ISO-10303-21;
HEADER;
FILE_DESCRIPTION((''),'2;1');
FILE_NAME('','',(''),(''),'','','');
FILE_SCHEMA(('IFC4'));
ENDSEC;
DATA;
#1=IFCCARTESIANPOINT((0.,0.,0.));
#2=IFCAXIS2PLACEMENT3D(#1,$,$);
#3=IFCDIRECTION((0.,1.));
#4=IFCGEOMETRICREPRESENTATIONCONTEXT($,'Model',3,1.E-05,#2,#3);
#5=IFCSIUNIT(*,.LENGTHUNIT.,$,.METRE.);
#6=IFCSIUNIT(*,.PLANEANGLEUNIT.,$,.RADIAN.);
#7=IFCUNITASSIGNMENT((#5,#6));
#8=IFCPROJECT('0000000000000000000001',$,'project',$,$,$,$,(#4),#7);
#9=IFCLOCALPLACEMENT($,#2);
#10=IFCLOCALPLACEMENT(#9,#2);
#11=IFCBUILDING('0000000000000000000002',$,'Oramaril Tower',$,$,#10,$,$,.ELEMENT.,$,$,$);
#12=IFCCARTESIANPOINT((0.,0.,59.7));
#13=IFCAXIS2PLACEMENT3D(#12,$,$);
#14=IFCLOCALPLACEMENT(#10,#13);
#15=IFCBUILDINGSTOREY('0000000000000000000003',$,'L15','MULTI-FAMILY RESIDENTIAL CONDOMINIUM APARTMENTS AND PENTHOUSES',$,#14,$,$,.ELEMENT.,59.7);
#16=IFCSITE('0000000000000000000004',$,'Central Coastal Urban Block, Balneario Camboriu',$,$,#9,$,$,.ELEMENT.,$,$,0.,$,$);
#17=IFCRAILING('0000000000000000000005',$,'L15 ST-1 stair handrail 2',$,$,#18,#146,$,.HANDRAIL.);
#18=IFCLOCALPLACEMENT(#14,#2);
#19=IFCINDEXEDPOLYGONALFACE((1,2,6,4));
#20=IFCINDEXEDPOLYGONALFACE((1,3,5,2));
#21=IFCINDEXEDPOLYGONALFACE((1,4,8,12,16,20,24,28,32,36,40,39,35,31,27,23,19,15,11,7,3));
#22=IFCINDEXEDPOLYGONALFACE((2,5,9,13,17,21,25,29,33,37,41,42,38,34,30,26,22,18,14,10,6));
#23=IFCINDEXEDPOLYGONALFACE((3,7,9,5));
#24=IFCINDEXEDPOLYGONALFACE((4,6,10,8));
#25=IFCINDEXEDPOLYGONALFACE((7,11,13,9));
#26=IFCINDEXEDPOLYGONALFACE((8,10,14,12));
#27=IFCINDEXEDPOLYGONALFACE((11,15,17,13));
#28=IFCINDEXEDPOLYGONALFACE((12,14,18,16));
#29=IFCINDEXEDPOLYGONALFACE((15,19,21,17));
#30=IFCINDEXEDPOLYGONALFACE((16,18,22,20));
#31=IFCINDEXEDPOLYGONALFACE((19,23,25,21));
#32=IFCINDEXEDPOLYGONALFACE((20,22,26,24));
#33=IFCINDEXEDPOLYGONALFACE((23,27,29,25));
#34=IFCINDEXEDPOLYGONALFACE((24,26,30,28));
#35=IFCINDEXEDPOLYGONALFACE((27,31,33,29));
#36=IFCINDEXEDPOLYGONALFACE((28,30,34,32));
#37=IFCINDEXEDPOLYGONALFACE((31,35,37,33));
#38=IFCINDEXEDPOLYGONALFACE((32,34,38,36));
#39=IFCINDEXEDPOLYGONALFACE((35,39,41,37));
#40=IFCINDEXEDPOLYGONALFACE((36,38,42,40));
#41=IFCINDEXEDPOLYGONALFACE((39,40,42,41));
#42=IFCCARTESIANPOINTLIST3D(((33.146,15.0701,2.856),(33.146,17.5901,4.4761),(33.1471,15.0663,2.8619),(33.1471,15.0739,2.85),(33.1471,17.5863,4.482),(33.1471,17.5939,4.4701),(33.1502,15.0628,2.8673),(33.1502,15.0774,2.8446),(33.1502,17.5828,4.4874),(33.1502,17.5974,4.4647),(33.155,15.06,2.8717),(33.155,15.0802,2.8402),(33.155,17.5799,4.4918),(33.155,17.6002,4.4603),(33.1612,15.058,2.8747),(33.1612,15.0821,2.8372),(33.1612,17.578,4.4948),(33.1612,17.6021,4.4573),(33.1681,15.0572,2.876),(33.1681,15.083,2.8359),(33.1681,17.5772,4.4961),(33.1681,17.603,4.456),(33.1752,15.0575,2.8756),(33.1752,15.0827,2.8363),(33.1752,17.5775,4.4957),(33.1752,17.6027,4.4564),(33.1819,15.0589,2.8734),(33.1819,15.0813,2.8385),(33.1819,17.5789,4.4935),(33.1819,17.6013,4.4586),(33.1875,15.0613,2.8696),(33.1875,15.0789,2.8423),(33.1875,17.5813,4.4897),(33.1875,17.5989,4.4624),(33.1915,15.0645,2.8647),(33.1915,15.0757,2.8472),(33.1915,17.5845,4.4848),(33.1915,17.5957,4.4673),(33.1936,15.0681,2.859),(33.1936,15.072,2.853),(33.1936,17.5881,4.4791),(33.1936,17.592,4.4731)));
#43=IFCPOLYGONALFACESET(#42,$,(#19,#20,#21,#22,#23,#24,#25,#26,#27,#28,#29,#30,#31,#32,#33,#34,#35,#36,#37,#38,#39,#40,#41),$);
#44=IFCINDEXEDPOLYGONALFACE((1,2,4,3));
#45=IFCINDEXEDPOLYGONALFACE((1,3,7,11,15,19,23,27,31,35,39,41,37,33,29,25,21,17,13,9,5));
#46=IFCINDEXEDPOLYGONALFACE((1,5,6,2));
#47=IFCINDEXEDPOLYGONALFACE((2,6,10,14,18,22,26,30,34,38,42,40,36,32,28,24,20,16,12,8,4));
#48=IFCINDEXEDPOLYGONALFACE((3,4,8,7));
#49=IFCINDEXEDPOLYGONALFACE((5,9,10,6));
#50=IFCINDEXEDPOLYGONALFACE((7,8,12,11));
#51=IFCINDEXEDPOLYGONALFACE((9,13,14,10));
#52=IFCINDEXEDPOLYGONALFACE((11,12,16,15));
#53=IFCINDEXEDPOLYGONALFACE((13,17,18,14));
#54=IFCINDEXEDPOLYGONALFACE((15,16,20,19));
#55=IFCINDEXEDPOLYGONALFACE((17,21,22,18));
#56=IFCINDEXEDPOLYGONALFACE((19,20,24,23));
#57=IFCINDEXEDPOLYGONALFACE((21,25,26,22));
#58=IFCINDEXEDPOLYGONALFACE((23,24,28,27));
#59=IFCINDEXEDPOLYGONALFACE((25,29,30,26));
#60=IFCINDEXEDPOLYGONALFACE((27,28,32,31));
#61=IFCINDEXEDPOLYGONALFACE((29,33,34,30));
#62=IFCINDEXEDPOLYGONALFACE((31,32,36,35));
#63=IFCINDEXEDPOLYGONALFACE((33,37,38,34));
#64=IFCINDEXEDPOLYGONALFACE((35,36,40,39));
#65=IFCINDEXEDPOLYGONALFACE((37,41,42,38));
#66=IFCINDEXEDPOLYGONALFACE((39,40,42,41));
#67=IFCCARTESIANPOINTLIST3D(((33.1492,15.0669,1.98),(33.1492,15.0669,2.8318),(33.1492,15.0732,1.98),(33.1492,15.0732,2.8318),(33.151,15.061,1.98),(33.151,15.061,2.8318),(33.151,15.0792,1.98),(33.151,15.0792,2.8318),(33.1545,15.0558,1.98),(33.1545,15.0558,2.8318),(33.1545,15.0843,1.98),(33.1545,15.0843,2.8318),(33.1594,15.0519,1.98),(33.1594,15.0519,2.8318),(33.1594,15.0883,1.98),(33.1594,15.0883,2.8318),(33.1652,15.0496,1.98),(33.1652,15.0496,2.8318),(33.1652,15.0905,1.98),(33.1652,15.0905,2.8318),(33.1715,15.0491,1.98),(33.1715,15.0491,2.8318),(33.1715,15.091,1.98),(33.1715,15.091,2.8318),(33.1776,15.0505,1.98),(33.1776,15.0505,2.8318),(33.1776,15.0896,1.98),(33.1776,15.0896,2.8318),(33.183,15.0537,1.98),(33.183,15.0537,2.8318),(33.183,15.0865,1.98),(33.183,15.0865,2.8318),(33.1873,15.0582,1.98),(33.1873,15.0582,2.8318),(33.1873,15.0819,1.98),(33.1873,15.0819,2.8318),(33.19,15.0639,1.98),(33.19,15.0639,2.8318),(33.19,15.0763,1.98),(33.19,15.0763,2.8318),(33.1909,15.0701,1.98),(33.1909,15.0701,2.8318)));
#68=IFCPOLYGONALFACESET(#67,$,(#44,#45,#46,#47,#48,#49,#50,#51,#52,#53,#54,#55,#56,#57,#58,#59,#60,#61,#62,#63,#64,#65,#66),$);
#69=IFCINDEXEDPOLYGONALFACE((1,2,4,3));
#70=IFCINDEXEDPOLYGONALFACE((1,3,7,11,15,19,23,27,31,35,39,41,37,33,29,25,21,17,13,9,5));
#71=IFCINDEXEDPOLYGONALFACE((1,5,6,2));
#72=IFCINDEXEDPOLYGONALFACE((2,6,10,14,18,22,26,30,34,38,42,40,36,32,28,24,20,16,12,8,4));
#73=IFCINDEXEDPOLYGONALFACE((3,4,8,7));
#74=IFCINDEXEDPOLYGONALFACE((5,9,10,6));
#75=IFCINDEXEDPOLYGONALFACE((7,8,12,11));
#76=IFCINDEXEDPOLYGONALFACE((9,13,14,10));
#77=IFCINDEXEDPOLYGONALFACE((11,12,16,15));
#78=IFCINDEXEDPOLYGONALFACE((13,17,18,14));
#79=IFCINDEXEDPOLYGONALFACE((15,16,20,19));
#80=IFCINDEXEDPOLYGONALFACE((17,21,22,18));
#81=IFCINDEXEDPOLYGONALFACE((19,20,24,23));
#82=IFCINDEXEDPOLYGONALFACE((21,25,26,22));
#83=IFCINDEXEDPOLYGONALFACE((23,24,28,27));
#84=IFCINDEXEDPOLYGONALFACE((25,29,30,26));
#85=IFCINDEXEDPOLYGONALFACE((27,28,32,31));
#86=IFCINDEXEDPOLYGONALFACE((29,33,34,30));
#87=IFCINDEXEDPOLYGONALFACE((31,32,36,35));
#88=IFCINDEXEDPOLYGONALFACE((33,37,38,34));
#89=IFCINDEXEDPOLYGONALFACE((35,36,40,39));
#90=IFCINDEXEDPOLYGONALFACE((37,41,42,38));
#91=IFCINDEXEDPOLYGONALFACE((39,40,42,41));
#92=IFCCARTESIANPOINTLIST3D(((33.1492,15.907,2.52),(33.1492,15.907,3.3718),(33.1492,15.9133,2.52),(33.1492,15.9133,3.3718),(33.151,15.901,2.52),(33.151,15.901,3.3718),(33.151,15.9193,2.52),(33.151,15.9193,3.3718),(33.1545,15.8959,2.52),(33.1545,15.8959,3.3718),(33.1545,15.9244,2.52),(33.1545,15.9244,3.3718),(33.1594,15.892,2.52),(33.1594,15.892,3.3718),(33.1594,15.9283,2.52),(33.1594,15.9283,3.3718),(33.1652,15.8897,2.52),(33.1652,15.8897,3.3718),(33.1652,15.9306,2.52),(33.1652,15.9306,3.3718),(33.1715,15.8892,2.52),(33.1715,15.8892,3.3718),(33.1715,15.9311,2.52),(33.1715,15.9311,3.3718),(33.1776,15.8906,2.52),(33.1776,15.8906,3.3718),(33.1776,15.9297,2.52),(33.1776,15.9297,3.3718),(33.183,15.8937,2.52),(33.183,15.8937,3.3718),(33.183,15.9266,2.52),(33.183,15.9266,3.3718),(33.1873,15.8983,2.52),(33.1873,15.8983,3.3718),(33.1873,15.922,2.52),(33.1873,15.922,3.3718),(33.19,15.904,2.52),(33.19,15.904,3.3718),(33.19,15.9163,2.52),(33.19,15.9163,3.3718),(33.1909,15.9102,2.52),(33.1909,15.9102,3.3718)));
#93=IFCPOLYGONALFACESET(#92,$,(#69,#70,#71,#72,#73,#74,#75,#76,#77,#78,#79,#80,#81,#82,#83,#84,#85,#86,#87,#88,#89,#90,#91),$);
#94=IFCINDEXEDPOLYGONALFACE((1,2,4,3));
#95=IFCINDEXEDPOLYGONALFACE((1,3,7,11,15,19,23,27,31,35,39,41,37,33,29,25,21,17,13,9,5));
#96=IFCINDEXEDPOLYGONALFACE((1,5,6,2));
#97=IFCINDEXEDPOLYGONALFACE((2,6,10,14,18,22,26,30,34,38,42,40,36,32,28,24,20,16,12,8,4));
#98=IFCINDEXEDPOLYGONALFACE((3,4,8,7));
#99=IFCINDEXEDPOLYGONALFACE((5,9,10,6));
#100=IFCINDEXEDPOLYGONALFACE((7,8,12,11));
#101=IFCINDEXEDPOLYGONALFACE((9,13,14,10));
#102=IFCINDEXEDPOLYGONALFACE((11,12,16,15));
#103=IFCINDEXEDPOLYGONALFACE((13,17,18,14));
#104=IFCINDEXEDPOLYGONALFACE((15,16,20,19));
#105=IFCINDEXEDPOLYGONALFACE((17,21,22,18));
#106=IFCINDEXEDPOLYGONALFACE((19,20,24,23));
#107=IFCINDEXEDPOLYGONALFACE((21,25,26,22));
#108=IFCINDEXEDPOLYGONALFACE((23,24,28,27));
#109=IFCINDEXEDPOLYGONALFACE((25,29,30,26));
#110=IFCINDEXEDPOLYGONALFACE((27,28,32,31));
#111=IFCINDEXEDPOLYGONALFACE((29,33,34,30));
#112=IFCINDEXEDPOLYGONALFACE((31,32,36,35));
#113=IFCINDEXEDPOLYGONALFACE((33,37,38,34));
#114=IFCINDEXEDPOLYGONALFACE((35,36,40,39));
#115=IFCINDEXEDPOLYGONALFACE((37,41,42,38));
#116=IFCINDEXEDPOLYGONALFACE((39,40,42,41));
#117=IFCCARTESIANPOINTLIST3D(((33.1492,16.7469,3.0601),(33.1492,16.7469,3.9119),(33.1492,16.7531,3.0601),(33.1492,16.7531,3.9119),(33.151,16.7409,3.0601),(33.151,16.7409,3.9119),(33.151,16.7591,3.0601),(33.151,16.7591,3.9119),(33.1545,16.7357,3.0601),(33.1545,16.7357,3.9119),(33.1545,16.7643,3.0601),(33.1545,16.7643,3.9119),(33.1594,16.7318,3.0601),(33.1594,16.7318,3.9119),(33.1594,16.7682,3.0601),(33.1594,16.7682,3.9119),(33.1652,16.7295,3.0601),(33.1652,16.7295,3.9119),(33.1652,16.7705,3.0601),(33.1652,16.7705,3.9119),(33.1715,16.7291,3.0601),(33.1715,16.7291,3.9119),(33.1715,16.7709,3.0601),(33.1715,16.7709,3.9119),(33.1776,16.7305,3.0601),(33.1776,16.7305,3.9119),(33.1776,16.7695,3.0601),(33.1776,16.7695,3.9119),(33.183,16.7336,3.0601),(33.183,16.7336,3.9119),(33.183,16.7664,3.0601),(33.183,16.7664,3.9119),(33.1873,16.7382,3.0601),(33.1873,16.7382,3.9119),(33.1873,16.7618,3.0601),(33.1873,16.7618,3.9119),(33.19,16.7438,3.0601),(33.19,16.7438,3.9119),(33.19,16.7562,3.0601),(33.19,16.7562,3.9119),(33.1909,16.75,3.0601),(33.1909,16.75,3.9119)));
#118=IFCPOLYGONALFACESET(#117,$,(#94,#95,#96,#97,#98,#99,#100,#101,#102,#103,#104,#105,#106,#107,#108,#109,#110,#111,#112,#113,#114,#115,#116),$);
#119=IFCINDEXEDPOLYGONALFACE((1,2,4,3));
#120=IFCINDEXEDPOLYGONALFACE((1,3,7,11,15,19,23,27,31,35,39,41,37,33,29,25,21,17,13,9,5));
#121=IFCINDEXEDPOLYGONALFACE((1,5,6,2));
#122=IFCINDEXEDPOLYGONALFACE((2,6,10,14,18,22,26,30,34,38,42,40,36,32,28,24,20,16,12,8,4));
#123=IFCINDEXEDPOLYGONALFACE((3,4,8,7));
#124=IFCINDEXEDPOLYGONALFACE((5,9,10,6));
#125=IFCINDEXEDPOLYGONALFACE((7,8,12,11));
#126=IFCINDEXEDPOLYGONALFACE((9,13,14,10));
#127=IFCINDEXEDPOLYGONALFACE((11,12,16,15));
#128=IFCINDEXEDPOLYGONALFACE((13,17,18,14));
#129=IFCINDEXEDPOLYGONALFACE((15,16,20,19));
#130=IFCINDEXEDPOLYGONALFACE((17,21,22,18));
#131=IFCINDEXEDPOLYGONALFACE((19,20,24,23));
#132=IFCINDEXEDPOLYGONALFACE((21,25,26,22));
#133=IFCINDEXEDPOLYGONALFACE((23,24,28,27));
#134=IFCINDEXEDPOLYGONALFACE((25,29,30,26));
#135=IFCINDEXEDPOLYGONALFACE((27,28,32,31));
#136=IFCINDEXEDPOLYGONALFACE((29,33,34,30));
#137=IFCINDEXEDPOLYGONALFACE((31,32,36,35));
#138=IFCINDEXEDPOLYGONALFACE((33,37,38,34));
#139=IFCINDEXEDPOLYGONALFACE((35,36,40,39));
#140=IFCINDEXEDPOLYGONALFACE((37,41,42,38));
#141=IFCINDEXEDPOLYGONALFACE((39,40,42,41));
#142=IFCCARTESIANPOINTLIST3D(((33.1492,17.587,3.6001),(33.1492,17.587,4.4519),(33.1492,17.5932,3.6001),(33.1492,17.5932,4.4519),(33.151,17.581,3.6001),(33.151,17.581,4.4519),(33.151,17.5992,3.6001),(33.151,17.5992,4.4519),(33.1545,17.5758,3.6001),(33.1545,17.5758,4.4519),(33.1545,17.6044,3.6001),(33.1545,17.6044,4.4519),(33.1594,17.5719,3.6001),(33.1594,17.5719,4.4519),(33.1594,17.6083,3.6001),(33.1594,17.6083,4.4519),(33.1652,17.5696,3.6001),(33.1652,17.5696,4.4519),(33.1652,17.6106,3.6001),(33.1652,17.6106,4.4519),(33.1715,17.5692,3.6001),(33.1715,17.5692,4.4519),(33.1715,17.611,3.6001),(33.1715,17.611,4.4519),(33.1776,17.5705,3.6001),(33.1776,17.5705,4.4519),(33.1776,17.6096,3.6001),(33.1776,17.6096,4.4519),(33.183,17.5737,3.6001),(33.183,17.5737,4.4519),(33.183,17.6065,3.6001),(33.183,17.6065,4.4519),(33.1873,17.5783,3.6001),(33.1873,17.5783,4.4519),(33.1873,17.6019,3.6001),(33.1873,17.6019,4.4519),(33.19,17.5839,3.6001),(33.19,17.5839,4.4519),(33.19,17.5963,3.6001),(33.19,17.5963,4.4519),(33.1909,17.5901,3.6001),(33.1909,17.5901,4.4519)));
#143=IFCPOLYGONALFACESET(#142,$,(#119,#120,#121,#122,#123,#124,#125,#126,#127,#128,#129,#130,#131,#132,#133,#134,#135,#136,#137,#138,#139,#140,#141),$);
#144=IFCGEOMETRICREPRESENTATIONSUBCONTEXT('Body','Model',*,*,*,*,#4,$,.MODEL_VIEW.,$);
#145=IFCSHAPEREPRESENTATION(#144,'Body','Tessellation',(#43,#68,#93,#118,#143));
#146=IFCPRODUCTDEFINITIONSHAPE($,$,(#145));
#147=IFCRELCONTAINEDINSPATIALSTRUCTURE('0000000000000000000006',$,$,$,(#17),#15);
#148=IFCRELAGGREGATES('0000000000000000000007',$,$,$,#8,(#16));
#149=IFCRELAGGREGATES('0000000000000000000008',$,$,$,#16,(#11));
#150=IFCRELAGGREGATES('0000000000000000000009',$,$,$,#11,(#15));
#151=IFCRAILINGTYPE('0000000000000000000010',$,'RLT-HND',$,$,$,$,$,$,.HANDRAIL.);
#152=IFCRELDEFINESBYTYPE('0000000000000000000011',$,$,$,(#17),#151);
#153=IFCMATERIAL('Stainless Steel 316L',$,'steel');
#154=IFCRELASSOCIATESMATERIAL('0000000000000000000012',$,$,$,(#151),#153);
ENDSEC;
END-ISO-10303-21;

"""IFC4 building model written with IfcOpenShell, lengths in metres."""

from ifc_helpers import new_model, si_unit, direction, frame, origin, origin_2d, place, context, subcontext, project, spatial, circle, extrude, material, type_object, element, save


model = new_model("IFC4")

# Units and contexts
model_context = context("Model", 3, precision=1e-05, world=origin(), true_north=direction((0.0, 1.0)))
body_context = subcontext(model_context, "Body", "Model", "MODEL_VIEW")
ifc_project = project(units=[si_unit("LENGTHUNIT", "METRE"), si_unit("PLANEANGLEUNIT", "RADIAN")], contexts=[model_context])

# Site, building, storey
site_placement = place(None, origin())
site = spatial("IfcSite", under=ifc_project, at=site_placement, Name="Central Coastal Urban Block, Balneario Camboriu", CompositionType="ELEMENT", RefElevation=0.0)
building_placement = place(site_placement, origin())
building = spatial("IfcBuilding", under=site, at=building_placement, Name="Oramaril Tower", CompositionType="ELEMENT")
storey_placement = place(building_placement, frame((0.0, 0.0, 59.7)))
storey = spatial("IfcBuildingStorey", under=building, at=storey_placement, Name="L15", Description="MULTI-FAMILY RESIDENTIAL CONDOMINIUM APARTMENTS AND PENTHOUSES", CompositionType="ELEMENT", Elevation=59.7)

# Railing
ifc_material_1 = material(Name="Stainless Steel 316L", Category="steel")
railing_type_1 = type_object("IfcRailingType", Name="RLT-HND", PredefinedType="HANDRAIL", material=ifc_material_1)
railing_1_placement = place(storey_placement, frame((33.1699, 15.0701, 1.98)))
element("IfcRailing", 1, at=railing_1_placement, inside=storey, type_object=railing_type_1, Name="L15 ST-1 stair handrail 2", PredefinedType="HANDRAIL", context=body_context, shape_type="SweptSolid", body=[
    extrude(circle(Radius=0.0239, at=origin_2d()), frame((0.0, 0.0, 0.876), z_axis=(0.0, 0.841163, 0.540782), x_axis=(-1.0, 0.0, 0.0)), (0.0, 0.0, 1.0), 2.9958),
    extrude(circle(Radius=0.021, at=origin_2d()), origin(), (0.0, 0.0, 1.0), 0.8518),
    extrude(circle(Radius=0.021, at=origin_2d()), frame((0.0, 0.8401, 0.54)), (0.0, 0.0, 1.0), 0.8518),
    extrude(circle(Radius=0.021, at=origin_2d()), frame((0.0, 1.6799, 1.0801)), (0.0, 0.0, 1.0), 0.8518),
    extrude(circle(Radius=0.021, at=origin_2d()), frame((0.0, 2.52, 1.6201)), (0.0, 0.0, 1.0), 0.8518),
])

save(model, "model.ifc")
